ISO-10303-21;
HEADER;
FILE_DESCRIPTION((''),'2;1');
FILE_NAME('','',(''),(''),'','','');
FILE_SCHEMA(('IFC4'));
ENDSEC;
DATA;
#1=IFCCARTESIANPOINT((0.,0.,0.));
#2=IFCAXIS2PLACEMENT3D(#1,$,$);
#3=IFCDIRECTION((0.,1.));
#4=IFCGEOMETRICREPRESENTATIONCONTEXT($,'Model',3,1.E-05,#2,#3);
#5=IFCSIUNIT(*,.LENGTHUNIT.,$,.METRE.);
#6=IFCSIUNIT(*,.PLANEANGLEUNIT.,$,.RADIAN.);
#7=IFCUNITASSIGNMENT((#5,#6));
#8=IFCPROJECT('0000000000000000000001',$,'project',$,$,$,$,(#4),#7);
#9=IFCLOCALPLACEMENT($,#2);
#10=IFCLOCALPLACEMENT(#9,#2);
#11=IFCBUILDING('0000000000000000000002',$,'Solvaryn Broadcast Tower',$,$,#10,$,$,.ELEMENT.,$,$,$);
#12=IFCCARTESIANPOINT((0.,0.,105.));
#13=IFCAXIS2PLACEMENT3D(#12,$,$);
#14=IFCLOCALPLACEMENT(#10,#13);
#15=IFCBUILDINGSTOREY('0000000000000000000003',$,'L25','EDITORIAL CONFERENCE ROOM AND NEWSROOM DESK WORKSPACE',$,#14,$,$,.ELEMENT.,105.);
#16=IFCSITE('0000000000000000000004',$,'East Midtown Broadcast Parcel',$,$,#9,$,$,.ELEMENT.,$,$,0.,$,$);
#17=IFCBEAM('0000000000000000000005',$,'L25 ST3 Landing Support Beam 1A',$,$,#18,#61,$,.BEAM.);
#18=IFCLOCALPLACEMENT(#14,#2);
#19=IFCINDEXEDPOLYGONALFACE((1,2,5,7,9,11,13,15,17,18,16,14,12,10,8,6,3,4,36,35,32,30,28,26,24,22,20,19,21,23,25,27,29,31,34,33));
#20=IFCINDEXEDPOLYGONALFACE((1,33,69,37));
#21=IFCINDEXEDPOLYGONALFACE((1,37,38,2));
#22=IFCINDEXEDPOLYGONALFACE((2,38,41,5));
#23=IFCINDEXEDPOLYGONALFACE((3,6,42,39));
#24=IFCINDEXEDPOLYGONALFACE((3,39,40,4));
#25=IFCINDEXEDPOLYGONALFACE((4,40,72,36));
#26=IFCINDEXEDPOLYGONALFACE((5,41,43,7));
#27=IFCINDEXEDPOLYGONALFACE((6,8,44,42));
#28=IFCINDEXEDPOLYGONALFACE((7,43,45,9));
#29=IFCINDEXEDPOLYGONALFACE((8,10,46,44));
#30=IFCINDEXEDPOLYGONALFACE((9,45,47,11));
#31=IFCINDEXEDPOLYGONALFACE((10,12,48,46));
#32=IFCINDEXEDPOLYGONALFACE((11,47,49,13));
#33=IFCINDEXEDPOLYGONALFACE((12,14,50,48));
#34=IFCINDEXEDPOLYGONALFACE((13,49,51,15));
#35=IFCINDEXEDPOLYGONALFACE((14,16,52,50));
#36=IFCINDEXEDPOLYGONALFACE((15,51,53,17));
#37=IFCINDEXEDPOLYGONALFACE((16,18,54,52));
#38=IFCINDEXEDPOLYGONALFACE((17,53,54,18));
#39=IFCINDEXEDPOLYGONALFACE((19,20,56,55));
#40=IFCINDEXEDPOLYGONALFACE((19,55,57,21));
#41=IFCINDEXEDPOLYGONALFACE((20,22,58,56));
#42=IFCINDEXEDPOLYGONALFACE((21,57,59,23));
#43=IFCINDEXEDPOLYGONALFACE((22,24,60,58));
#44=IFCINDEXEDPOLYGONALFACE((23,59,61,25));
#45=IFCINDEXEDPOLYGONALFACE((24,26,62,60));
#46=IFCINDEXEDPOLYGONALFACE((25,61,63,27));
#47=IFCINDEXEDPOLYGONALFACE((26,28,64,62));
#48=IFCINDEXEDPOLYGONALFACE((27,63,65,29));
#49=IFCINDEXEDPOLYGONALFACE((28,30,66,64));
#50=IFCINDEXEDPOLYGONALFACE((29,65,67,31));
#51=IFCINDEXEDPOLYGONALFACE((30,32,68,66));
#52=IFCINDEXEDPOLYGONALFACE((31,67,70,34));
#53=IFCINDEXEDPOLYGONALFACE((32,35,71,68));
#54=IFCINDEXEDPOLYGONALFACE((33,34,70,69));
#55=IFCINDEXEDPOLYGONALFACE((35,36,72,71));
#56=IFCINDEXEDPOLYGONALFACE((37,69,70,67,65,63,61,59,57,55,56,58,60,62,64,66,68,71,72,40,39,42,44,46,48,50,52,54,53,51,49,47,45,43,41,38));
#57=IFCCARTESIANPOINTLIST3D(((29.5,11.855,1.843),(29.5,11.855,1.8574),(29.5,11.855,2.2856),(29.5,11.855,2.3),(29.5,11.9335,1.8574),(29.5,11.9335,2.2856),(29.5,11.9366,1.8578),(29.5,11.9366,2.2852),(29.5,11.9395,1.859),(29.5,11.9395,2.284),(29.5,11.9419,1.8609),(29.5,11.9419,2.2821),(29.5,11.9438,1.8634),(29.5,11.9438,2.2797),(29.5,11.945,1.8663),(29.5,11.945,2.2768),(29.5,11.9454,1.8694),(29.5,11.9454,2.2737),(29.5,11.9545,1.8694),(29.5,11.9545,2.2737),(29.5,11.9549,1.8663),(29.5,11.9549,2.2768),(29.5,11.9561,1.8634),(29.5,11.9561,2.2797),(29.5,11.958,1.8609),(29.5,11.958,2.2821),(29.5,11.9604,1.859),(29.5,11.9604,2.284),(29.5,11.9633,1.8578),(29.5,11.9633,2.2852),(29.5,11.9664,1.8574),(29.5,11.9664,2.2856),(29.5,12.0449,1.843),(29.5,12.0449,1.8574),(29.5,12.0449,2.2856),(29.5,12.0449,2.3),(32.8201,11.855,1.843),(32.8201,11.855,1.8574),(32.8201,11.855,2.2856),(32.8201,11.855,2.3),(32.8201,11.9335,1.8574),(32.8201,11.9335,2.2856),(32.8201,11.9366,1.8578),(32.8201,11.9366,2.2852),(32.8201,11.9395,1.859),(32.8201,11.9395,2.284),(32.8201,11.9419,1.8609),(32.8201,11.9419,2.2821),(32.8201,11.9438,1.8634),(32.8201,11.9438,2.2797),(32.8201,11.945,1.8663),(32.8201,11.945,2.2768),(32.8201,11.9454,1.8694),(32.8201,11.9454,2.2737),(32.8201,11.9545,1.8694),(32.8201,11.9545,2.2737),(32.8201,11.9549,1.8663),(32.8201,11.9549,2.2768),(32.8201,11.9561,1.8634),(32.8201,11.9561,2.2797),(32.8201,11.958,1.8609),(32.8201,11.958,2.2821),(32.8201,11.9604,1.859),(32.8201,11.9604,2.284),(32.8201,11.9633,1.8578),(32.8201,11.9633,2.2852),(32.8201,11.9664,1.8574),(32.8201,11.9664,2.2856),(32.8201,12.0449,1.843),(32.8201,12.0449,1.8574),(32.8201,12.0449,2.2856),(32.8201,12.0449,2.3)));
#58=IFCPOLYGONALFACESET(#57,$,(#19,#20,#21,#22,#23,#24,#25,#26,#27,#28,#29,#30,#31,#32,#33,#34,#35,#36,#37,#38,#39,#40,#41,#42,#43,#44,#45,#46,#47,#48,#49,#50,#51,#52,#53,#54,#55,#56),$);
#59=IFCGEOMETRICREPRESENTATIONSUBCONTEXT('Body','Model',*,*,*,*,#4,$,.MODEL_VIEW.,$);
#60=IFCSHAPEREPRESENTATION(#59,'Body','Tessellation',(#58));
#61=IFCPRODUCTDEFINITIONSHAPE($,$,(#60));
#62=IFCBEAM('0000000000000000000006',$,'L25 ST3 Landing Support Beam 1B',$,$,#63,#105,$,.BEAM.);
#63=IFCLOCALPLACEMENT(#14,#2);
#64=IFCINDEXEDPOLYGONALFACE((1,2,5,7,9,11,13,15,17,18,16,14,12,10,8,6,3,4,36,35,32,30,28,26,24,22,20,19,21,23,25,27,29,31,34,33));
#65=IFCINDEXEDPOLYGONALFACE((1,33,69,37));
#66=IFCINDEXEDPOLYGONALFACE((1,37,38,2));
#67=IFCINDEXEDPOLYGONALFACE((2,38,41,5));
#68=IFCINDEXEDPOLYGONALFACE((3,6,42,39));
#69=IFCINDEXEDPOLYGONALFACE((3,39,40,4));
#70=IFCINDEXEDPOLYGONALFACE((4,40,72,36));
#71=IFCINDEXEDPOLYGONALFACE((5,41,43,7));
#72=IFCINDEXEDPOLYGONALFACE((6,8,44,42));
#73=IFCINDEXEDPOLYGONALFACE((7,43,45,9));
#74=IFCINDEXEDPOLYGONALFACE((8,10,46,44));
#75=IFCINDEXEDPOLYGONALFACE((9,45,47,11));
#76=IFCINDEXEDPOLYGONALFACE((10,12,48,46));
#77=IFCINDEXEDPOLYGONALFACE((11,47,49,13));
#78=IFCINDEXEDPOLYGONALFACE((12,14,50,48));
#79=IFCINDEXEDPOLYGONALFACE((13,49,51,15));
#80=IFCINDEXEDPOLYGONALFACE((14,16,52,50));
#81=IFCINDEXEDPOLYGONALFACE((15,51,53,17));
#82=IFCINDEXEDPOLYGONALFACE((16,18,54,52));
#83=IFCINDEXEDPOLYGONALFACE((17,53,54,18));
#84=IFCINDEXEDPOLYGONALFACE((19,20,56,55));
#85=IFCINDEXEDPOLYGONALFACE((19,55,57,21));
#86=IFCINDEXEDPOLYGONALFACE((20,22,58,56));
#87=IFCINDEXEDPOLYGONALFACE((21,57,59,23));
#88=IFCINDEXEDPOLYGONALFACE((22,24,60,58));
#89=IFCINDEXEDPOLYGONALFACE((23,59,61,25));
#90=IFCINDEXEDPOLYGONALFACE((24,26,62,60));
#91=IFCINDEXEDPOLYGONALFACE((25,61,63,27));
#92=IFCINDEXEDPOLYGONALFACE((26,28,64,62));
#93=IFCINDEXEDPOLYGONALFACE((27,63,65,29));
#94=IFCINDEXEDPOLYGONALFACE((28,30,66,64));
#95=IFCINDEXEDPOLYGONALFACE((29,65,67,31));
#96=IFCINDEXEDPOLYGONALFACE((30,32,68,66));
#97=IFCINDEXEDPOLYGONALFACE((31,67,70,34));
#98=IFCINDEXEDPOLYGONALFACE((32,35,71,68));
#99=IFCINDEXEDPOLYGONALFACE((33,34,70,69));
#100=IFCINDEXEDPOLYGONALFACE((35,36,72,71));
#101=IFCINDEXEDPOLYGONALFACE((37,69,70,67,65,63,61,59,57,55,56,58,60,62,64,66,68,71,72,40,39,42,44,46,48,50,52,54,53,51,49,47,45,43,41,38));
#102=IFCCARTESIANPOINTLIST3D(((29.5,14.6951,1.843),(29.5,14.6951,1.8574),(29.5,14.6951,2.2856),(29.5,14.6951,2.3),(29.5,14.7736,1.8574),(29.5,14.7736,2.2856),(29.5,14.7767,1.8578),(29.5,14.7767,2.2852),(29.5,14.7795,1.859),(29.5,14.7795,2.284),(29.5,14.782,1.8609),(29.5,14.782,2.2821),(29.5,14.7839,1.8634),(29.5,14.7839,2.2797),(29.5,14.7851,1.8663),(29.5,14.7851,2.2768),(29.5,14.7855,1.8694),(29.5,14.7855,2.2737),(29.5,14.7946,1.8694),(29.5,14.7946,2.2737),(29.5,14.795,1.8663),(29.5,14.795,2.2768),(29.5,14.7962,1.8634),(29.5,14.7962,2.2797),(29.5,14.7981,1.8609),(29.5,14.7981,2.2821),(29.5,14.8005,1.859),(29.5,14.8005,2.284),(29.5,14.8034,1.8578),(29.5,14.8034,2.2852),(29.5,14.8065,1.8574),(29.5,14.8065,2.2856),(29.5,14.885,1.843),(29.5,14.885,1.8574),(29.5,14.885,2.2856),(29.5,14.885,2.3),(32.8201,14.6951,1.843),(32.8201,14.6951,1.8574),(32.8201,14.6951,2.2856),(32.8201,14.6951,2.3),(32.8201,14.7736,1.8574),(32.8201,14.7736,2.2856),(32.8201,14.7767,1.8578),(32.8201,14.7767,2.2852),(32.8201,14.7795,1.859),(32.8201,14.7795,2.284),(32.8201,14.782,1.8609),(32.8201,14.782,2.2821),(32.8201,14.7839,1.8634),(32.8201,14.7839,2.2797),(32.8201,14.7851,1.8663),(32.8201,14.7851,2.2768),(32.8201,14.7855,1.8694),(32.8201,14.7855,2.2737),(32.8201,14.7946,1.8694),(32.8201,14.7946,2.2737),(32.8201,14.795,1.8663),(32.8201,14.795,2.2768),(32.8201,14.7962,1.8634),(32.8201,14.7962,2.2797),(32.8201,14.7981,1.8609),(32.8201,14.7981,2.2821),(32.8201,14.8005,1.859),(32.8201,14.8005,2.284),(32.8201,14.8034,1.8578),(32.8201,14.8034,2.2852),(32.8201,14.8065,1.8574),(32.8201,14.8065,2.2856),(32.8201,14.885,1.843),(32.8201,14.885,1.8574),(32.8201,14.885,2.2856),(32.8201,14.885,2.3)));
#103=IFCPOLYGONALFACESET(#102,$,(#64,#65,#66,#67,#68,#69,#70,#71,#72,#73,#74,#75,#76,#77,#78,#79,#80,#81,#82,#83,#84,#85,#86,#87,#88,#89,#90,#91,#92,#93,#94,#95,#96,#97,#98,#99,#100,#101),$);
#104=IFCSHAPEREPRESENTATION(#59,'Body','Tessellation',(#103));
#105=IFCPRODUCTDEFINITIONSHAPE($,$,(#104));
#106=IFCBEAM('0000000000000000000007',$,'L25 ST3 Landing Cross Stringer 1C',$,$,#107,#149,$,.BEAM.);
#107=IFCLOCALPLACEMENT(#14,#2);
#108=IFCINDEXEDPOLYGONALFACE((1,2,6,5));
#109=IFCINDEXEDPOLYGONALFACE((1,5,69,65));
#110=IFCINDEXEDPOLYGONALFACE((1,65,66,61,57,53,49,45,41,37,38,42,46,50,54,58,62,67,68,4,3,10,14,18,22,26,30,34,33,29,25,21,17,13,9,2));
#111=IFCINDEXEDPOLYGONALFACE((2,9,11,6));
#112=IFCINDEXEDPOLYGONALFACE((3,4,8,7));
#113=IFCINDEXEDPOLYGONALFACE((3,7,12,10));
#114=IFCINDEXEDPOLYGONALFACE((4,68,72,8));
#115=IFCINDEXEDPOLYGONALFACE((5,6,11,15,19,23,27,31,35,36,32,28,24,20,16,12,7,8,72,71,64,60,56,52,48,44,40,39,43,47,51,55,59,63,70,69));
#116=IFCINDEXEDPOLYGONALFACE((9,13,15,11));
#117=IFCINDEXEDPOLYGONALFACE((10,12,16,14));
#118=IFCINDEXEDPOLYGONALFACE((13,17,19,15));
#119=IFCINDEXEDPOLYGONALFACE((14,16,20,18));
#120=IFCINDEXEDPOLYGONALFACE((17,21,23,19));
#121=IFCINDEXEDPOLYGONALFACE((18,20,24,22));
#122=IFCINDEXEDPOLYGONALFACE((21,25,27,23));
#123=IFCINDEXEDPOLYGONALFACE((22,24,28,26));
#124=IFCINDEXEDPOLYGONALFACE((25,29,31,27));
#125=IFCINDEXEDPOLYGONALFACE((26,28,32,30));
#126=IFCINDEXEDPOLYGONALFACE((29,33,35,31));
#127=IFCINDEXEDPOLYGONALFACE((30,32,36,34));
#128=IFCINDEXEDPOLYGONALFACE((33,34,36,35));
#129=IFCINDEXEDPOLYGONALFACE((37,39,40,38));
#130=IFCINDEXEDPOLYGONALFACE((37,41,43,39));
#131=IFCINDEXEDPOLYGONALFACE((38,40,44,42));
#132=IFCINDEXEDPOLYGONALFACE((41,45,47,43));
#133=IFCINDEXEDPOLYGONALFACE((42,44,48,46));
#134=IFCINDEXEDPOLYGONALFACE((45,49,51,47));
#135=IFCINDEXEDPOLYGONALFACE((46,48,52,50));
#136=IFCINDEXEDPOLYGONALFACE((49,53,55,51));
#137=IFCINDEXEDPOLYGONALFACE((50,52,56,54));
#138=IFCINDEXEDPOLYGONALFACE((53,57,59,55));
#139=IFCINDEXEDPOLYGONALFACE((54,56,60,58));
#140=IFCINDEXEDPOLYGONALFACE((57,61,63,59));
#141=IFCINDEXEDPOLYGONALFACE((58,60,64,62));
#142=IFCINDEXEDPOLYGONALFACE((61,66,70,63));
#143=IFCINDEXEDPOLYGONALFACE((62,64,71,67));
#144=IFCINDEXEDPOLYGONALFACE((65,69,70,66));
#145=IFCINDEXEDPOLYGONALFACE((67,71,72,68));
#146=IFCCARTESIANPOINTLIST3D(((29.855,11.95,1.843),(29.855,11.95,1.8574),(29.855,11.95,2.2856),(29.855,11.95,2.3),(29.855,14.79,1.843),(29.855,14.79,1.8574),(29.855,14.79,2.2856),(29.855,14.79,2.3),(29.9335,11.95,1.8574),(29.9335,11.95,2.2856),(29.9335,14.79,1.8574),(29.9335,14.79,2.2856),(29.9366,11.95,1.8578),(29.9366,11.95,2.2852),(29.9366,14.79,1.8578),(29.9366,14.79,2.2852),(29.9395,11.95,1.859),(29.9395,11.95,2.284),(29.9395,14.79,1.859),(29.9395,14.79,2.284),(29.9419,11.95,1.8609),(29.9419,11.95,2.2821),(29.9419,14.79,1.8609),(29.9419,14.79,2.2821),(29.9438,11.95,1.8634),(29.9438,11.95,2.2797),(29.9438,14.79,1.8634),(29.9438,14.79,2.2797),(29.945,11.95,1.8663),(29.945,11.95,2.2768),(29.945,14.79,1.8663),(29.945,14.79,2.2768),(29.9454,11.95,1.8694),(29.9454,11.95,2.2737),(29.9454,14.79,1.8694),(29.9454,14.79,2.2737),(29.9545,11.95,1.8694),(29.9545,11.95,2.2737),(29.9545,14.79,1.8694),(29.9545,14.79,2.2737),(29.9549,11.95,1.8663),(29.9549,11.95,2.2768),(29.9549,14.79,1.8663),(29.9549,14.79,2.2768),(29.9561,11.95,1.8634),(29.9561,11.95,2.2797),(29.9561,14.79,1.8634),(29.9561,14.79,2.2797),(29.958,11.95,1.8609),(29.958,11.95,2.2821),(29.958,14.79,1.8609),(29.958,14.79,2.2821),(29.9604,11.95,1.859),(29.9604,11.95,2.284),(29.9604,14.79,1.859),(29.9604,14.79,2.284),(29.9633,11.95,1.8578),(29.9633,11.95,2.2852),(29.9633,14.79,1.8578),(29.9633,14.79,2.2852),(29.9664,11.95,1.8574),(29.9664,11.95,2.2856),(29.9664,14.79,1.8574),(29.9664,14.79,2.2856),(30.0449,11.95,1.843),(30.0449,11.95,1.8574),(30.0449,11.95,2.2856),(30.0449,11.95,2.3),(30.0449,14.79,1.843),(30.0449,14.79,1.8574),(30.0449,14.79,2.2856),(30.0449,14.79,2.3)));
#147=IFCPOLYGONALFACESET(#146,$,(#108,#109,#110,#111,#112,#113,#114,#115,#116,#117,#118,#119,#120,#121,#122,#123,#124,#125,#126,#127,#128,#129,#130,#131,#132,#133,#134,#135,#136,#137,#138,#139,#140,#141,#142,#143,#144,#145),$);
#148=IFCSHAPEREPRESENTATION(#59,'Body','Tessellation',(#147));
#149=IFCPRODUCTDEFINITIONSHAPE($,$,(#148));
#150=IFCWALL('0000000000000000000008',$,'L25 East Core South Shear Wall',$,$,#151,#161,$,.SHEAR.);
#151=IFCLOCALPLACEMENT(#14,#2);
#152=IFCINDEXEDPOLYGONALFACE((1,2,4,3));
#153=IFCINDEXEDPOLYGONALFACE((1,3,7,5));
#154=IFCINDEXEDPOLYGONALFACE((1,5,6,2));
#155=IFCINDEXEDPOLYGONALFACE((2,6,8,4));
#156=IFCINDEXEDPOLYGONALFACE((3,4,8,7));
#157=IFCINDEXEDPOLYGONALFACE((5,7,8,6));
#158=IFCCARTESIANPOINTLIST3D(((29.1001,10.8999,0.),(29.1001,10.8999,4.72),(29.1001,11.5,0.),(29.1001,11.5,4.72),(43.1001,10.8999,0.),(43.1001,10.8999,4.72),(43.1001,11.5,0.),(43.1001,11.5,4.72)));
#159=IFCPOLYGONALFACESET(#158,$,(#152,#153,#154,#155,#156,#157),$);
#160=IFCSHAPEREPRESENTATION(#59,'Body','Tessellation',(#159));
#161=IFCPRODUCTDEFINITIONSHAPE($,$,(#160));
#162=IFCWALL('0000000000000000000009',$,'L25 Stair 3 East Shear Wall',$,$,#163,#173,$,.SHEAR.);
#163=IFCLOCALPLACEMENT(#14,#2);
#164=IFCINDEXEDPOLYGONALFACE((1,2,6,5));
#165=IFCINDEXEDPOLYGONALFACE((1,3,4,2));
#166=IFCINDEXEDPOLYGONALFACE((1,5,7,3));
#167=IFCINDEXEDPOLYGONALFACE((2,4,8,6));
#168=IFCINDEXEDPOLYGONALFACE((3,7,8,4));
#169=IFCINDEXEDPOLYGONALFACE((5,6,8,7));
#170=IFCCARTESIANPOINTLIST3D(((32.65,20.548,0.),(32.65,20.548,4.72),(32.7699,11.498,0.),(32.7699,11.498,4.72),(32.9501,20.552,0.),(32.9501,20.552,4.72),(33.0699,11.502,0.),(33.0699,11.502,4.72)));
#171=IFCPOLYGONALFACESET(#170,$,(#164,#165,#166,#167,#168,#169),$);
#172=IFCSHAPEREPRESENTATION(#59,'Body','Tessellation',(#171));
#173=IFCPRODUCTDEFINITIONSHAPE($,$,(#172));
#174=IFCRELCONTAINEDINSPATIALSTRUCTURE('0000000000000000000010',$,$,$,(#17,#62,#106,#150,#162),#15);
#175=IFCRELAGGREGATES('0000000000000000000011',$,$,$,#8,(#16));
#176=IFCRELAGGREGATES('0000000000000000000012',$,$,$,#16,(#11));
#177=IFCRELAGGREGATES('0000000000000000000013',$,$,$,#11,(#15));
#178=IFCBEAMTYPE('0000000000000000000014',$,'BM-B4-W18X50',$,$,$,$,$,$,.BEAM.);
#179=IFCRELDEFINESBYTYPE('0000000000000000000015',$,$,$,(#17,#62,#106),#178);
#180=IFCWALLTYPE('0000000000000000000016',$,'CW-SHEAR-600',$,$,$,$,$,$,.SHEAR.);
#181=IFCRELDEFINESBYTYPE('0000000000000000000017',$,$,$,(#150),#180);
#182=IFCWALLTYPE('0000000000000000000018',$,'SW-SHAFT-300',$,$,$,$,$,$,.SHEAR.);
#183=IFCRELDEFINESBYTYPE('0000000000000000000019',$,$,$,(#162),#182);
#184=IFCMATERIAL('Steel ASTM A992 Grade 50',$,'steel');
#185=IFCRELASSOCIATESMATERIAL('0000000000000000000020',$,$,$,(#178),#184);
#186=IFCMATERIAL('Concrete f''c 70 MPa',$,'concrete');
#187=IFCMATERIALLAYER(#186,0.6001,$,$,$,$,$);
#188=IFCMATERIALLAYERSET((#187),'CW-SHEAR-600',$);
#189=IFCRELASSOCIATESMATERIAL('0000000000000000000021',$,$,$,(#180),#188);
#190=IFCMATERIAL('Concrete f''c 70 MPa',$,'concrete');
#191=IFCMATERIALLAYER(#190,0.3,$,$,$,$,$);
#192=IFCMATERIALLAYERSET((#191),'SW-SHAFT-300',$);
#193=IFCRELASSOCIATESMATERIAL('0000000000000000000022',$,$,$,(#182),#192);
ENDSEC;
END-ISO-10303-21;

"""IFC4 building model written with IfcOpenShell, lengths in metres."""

from ifc_helpers import new_model, si_unit, direction, frame, frame_2d, origin, origin_2d, place, context, subcontext, project, spatial, rectangle, i_section, extrude, material, layer, layer_set, material_profile, profile_set, type_object, element, save


model = new_model("IFC4")

# Units and contexts
model_context = context("Model", 3, precision=1e-05, world=origin(), true_north=direction((0.0, 1.0)))
body_context = subcontext(model_context, "Body", "Model", "MODEL_VIEW")
ifc_project = project(units=[si_unit("LENGTHUNIT", "METRE"), si_unit("PLANEANGLEUNIT", "RADIAN")], contexts=[model_context])

# Site, building, storey
site_placement = place(None, origin())
site = spatial("IfcSite", under=ifc_project, at=site_placement, Name="East Midtown Broadcast Parcel", CompositionType="ELEMENT", RefElevation=0.0)
building_placement = place(site_placement, origin())
building = spatial("IfcBuilding", under=site, at=building_placement, Name="Solvaryn Broadcast Tower", CompositionType="ELEMENT")
storey_placement = place(building_placement, frame((0.0, 0.0, 105.0)))
storey = spatial("IfcBuildingStorey", under=building, at=storey_placement, Name="L25", Description="EDITORIAL CONFERENCE ROOM AND NEWSROOM DESK WORKSPACE", CompositionType="ELEMENT", Elevation=105.0)

# Beams
ifc_material_1 = material(Name="Steel ASTM A992 Grade 50", Category="steel")
ifc_material_profile_1 = material_profile(ifc_material_1, i_section(OverallWidth=0.1899, OverallDepth=0.457, WebThickness=0.009, FlangeThickness=0.0144, FilletRadius=0.012, at=origin_2d()))
ifc_profile_set_1 = profile_set([ifc_material_profile_1], Name="Steel ASTM A992 Grade 50")
beam_type_1 = type_object("IfcBeamType", Name="BM-B4-W18X50", PredefinedType="BEAM", material=ifc_profile_set_1)
for number, where, z_axis, x_axis, name in (
    (1, (29.5, 11.95, 2.0715), (1.0, 0.0, 0.0), (0.0, 1.0, 0.0), "L25 ST3 Landing Support Beam 1A"),
    (2, (29.5, 14.79, 2.0715), (1.0, 0.0, 0.0), (0.0, 1.0, 0.0), "L25 ST3 Landing Support Beam 1B"),
):
    element("IfcBeam", number, at=place(storey_placement, frame(where, z_axis=z_axis, x_axis=x_axis)), inside=storey, type_object=beam_type_1, Name=name, PredefinedType="BEAM", context=body_context, shape_type="SweptSolid", body=[
        extrude(i_section(OverallWidth=0.1899, OverallDepth=0.457, WebThickness=0.009, FlangeThickness=0.0144, FilletRadius=0.012, at=origin_2d()), origin(), (0.0, 0.0, 1.0), 3.3201),
    ])
beam_1_placement = place(storey_placement, frame((29.95, 11.95, 2.0715), z_axis=(0.0, 1.0, 0.0), x_axis=(-1.0, 0.0, 0.0)))
element("IfcBeam", 3, at=beam_1_placement, inside=storey, type_object=beam_type_1, Name="L25 ST3 Landing Cross Stringer 1C", PredefinedType="BEAM", context=body_context, shape_type="SweptSolid", body=[
    extrude(i_section(OverallWidth=0.1899, OverallDepth=0.457, WebThickness=0.009, FlangeThickness=0.0144, FilletRadius=0.012, at=origin_2d()), origin(), (0.0, 0.0, 1.0), 2.8401),
])

# Wall
ifc_material_2 = material(Name="Concrete f'c 70 MPa", Category="concrete")
ifc_layer_1 = layer(ifc_material_2, 0.6001)
ifc_layer_set_1 = layer_set([ifc_layer_1], Name="CW-SHEAR-600")
wall_type_1 = type_object("IfcWallType", Name="CW-SHEAR-600", PredefinedType="SHEAR", material=ifc_layer_set_1)
wall_1_placement = place(storey_placement, frame((29.1001, 11.2, 0.0), z_axis=(0.0, 0.0, 1.0), x_axis=(1.0, 0.0, 0.0)))
element("IfcWall", 4, at=wall_1_placement, inside=storey, type_object=wall_type_1, Name="L25 East Core South Shear Wall", PredefinedType="SHEAR", context=body_context, shape_type="SweptSolid", body=[
    extrude(rectangle(XDim=14.0, YDim=0.6001, at=frame_2d((7.0, 0.0))), origin(), (0.0, 0.0, 1.0), 4.72),
])

# Wall
ifc_material_3 = material(Name="Concrete f'c 70 MPa", Category="concrete")
ifc_layer_2 = layer(ifc_material_3, 0.3)
ifc_layer_set_2 = layer_set([ifc_layer_2], Name="SW-SHAFT-300")
wall_type_2 = type_object("IfcWallType", Name="SW-SHAFT-300", PredefinedType="SHEAR", material=ifc_layer_set_2)
wall_2_placement = place(storey_placement, frame((32.9199, 11.5, 0.0), z_axis=(0.0, 0.0, 1.0), x_axis=(-0.013244, 0.999912, 0.0)))
element("IfcWall", 5, at=wall_2_placement, inside=storey, type_object=wall_type_2, Name="L25 Stair 3 East Shear Wall", PredefinedType="SHEAR", context=body_context, shape_type="SweptSolid", body=[
    extrude(rectangle(XDim=9.0508, YDim=0.3, at=frame_2d((4.5254, 0.0))), origin(), (0.0, 0.0, 1.0), 4.72),
])

save(model, "model.ifc")
